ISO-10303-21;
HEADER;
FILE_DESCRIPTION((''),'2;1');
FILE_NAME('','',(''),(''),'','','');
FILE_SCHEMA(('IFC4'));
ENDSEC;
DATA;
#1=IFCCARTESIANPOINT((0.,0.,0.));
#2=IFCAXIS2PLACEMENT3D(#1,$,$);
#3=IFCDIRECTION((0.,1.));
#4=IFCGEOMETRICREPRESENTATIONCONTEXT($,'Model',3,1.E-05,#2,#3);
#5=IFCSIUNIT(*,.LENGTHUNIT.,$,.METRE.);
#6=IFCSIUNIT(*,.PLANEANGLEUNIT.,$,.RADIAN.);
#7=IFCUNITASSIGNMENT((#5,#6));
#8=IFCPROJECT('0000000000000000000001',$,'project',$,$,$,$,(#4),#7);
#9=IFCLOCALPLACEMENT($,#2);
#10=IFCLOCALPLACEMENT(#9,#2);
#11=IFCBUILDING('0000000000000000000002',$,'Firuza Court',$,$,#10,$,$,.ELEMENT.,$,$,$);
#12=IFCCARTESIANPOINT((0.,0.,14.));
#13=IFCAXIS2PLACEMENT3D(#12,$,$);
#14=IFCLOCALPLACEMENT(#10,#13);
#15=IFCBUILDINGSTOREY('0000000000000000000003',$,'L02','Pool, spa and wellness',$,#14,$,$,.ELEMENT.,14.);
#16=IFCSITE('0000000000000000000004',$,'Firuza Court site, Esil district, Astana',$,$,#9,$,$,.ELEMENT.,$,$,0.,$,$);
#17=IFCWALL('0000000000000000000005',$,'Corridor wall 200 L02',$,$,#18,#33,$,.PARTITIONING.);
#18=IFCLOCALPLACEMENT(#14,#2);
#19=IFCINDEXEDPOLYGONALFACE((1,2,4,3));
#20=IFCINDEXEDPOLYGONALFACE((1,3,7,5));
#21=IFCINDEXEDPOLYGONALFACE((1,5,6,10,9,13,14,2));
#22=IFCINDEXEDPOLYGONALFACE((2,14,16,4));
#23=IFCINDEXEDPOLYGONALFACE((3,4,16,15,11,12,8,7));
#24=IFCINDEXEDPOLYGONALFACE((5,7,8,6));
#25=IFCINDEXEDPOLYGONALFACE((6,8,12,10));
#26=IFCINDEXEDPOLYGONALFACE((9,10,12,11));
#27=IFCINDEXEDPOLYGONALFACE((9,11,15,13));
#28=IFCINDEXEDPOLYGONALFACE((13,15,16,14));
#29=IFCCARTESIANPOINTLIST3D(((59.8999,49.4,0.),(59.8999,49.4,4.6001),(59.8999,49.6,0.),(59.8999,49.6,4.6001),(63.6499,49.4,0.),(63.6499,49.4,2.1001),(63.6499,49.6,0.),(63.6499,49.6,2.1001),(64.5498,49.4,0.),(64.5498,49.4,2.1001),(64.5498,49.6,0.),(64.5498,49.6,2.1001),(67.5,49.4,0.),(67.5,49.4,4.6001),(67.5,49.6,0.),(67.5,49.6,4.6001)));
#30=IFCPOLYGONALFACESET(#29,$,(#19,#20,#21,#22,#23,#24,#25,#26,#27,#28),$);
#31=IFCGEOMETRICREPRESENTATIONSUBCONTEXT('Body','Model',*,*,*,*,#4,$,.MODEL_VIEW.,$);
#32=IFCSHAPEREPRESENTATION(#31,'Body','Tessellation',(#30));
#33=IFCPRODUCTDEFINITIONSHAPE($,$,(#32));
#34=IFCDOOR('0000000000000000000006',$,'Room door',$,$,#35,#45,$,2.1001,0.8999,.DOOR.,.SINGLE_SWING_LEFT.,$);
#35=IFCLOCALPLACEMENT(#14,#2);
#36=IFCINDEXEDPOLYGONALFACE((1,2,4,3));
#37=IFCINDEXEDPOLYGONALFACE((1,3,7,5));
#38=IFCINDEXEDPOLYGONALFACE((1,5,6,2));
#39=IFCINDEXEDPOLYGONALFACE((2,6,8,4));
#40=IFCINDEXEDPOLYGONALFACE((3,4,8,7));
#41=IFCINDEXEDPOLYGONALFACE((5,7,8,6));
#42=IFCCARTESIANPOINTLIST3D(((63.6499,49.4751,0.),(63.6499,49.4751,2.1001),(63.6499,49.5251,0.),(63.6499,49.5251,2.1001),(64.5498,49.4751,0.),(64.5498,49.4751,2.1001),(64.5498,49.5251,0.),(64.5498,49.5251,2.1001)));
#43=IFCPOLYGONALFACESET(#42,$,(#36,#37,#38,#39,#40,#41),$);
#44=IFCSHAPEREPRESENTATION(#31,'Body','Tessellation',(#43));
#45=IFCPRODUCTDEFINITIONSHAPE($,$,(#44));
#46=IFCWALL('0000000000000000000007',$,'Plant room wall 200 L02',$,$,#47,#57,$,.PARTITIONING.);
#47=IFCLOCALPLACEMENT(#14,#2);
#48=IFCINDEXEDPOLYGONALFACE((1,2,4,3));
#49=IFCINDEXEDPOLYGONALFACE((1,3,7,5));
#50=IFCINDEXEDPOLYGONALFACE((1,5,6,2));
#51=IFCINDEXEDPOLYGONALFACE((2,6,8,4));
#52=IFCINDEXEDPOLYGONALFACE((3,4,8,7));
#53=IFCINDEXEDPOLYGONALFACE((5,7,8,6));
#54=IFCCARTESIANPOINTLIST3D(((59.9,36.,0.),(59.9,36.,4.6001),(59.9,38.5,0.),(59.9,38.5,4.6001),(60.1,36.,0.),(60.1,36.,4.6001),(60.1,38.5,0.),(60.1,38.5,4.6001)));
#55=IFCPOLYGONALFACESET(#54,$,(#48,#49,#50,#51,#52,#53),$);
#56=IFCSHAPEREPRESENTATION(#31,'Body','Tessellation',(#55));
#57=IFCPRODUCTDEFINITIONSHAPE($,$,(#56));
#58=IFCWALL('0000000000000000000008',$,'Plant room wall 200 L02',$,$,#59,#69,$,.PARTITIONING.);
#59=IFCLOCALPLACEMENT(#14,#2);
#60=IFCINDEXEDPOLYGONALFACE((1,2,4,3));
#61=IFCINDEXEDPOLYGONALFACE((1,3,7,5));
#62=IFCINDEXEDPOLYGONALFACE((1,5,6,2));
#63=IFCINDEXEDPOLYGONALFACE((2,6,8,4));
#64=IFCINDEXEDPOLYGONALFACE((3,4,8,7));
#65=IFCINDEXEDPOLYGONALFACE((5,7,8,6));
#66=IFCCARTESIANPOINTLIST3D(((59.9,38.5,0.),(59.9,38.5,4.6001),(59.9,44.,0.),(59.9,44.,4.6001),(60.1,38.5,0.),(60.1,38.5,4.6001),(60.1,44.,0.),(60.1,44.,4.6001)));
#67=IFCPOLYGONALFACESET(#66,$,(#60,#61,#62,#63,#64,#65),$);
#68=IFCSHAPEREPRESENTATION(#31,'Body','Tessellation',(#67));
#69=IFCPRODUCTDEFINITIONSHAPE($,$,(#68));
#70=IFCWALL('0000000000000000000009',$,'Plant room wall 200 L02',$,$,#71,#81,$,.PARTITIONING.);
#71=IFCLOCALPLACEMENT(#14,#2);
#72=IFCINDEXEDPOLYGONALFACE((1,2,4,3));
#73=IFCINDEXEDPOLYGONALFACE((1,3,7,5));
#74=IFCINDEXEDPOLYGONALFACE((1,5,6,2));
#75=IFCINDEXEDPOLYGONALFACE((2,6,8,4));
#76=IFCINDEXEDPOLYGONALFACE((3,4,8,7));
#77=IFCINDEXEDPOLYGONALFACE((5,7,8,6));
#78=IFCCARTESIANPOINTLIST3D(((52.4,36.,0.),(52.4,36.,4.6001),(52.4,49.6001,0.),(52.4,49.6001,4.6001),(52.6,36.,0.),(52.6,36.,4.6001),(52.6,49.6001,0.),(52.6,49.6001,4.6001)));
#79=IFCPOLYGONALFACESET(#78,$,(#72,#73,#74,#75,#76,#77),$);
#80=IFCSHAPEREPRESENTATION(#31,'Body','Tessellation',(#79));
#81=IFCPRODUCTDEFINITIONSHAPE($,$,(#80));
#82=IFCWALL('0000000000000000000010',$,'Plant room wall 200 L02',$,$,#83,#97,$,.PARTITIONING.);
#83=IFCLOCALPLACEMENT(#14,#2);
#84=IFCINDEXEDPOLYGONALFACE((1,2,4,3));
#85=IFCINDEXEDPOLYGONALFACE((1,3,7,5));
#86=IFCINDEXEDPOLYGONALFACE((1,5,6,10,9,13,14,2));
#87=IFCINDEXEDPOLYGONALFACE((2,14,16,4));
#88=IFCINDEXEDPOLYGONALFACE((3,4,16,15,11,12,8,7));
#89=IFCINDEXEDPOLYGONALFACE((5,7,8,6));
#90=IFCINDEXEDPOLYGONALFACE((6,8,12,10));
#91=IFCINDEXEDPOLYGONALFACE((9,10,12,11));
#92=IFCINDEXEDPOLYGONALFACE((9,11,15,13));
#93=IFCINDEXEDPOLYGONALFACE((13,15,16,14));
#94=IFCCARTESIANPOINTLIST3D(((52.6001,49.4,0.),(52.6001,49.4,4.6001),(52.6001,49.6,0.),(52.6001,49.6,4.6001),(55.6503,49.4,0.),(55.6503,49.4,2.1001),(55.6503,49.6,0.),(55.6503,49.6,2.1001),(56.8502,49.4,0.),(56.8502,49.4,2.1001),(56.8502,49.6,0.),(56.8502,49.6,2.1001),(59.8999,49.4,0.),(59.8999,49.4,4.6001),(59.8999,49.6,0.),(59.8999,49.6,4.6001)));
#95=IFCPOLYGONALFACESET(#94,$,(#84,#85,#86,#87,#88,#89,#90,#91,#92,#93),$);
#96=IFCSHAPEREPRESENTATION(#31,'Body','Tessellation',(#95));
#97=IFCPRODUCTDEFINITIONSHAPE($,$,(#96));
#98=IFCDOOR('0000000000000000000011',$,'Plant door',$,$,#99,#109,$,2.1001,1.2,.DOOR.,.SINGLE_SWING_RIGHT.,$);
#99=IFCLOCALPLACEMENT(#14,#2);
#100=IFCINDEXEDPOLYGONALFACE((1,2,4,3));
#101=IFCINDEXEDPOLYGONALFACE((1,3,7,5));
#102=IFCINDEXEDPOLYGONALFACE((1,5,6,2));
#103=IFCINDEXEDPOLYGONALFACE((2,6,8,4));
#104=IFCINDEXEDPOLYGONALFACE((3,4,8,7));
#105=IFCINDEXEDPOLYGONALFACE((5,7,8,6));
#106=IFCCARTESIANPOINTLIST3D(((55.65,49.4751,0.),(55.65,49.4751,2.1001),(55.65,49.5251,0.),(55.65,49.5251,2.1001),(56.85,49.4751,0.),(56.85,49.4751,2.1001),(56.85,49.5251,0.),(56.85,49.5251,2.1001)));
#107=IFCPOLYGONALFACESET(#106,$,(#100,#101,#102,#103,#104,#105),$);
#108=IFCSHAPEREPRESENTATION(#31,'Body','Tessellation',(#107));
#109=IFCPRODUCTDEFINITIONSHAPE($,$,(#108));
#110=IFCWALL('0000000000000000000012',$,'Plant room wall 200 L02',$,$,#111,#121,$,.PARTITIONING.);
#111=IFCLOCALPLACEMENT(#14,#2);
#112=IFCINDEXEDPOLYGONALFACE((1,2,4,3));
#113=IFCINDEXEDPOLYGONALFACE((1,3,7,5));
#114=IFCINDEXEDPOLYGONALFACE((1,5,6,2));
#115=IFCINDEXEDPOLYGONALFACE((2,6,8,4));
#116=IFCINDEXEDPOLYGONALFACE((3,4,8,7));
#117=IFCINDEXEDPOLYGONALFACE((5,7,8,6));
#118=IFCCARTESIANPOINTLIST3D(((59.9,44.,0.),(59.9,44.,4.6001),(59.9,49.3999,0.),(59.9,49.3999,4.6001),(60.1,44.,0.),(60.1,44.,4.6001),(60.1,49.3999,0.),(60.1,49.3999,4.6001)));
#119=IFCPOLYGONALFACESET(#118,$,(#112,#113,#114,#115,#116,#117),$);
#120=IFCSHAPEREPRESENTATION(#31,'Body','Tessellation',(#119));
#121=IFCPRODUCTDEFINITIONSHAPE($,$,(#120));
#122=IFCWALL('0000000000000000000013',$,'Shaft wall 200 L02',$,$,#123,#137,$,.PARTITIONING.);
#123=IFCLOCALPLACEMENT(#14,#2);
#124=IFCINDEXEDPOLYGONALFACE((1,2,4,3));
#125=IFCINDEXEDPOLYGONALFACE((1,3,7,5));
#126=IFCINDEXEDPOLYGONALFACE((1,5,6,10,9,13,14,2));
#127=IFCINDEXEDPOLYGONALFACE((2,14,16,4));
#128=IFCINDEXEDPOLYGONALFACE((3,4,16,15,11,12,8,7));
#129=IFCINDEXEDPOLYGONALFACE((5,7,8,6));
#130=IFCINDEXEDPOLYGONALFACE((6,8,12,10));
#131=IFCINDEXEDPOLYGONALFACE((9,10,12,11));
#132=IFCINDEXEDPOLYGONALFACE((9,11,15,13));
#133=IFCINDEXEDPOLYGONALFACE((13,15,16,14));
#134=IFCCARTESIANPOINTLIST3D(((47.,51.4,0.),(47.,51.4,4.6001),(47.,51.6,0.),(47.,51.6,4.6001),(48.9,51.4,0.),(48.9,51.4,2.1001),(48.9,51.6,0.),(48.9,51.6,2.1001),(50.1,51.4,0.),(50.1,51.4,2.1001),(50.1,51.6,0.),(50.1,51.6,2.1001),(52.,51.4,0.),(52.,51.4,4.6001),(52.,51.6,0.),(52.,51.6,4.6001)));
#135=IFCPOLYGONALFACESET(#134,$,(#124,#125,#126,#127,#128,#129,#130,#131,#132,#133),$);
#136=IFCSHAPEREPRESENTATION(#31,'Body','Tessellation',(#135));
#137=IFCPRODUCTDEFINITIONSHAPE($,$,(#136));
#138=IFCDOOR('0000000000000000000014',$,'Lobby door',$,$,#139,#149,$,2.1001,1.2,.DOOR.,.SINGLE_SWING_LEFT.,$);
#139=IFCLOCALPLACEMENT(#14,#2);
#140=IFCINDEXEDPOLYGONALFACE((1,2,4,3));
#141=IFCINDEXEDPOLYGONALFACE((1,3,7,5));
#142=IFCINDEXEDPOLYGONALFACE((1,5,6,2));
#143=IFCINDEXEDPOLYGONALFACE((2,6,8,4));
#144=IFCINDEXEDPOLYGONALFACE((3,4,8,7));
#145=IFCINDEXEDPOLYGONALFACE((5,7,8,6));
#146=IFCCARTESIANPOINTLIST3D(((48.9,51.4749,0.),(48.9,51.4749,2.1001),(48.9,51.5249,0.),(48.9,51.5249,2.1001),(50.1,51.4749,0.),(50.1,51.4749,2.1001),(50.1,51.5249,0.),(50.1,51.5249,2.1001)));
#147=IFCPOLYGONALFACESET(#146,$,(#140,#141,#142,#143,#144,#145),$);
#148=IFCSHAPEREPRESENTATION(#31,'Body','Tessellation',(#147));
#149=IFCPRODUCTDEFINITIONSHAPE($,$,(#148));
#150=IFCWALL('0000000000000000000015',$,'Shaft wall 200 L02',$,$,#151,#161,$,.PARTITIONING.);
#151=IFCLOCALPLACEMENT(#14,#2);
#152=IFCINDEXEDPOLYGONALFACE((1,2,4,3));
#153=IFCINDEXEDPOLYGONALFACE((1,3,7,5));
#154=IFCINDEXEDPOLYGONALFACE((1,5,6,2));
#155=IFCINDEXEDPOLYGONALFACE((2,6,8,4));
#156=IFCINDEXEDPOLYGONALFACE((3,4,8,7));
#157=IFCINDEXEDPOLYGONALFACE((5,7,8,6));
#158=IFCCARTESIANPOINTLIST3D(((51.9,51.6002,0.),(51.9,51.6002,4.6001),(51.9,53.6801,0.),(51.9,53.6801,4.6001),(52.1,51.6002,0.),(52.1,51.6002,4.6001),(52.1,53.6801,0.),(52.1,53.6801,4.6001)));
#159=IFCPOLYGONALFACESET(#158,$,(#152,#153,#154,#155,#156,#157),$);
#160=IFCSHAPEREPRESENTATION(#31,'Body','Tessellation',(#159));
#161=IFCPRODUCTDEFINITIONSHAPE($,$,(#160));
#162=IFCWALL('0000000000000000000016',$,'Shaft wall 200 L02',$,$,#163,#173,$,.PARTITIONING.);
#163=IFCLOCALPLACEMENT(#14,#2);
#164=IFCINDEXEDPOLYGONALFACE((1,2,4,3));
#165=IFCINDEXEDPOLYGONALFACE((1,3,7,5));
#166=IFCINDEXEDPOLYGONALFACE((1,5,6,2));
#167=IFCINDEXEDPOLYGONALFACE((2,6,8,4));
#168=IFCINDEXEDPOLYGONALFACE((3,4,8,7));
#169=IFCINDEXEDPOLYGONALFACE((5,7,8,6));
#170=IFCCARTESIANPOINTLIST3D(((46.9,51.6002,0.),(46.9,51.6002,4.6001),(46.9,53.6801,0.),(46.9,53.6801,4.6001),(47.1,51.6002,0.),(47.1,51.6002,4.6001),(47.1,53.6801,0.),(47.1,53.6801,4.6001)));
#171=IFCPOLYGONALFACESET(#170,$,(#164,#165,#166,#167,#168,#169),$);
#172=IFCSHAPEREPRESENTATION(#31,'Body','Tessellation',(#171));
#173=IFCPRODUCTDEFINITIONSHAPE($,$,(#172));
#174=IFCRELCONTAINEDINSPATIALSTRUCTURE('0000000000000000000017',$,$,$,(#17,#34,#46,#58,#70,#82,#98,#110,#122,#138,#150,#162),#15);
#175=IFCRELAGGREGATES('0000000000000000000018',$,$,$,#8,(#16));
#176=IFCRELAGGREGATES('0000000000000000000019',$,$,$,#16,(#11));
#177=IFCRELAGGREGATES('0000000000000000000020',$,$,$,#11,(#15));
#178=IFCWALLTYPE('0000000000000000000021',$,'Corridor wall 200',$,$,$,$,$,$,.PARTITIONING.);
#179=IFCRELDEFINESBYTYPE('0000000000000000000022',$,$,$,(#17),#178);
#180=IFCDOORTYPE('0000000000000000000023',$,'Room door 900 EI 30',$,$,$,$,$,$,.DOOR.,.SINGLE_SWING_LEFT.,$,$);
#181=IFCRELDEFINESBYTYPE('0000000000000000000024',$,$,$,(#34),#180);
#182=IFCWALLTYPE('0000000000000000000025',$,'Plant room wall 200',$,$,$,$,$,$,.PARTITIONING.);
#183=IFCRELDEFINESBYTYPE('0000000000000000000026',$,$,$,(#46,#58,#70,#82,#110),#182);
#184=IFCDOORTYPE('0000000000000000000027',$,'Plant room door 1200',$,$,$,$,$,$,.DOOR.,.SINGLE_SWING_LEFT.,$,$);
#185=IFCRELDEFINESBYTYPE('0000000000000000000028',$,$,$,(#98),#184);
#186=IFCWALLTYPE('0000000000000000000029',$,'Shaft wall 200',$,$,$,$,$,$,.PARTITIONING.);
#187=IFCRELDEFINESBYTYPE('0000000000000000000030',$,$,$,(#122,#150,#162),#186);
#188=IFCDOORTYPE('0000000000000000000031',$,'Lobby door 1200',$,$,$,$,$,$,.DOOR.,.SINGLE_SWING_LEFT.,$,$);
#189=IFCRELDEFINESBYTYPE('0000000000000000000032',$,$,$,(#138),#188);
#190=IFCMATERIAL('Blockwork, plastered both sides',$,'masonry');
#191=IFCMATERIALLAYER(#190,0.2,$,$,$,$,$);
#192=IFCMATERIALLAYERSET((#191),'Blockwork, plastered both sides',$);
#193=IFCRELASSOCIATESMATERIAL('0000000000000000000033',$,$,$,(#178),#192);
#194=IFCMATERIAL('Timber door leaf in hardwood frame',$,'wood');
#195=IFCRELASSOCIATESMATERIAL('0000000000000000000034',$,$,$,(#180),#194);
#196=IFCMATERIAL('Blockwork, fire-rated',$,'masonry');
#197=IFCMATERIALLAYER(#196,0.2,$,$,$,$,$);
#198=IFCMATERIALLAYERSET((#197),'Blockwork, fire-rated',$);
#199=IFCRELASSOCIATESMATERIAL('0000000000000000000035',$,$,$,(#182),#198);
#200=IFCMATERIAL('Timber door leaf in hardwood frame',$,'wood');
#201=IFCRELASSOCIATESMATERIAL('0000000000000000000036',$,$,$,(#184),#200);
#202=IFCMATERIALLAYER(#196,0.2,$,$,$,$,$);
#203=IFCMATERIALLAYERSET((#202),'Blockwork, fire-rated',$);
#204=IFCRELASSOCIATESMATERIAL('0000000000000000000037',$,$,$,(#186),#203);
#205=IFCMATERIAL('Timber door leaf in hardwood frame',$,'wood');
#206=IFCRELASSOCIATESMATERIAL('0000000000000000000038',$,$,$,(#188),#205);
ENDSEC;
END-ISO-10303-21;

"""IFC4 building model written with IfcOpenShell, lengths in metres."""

from ifc_helpers import new_model, si_unit, direction, frame, frame_2d, origin, place, context, subcontext, project, spatial, rectangle, extrude, material, layer, layer_set, type_object, element, fill, save


model = new_model("IFC4")

# Units and contexts
model_context = context("Model", 3, precision=1e-05, world=origin(), true_north=direction((0.0, 1.0)))
body_context = subcontext(model_context, "Body", "Model", "MODEL_VIEW")
ifc_project = project(units=[si_unit("LENGTHUNIT", "METRE"), si_unit("PLANEANGLEUNIT", "RADIAN")], contexts=[model_context])

# Site, building, storey
site_placement = place(None, origin())
site = spatial("IfcSite", under=ifc_project, at=site_placement, Name="Firuza Court site, Esil district, Astana", CompositionType="ELEMENT", RefElevation=0.0)
building_placement = place(site_placement, origin())
building = spatial("IfcBuilding", under=site, at=building_placement, Name="Firuza Court", CompositionType="ELEMENT")
storey_placement = place(building_placement, frame((0.0, 0.0, 14.0)))
storey = spatial("IfcBuildingStorey", under=building, at=storey_placement, Name="L02", Description="Pool, spa and wellness", CompositionType="ELEMENT", Elevation=14.0)

# Wall, opening, door
ifc_material_1 = material(Name="Blockwork, plastered both sides", Category="masonry")
ifc_layer_1 = layer(ifc_material_1, 0.2)
ifc_layer_set_1 = layer_set([ifc_layer_1], Name="Blockwork, plastered both sides")
wall_type_1 = type_object("IfcWallType", Name="Corridor wall 200", PredefinedType="PARTITIONING", material=ifc_layer_set_1)
wall_1_placement = place(storey_placement, frame((59.8999, 49.5, 0.0), z_axis=(0.0, 0.0, 1.0), x_axis=(1.0, 0.0, 0.0)))
wall_1 = element("IfcWall", 1, at=wall_1_placement, inside=storey, type_object=wall_type_1, Name="Corridor wall 200 L02", PredefinedType="PARTITIONING", context=body_context, shape_type="SweptSolid", body=[
    extrude(rectangle(XDim=7.6001, YDim=0.2, at=frame_2d((3.8, 0.0))), origin(), (0.0, 0.0, 1.0), 4.6001),
])
opening_1_placement = place(wall_1_placement, frame((3.75, 0.0, 0.0)))
opening_1 = element("IfcOpeningElement", 2, at=opening_1_placement, cuts=wall_1, PredefinedType="OPENING", context=body_context, shape_type="SweptSolid", body=[
    extrude(rectangle(XDim=0.8999, YDim=2.1001, at=frame_2d((0.45, 1.05))), frame((0.0, 0.1118, 0.0), z_axis=(0.0, -1.0, 0.0), x_axis=(1.0, 0.0, 0.0)), (0.0, 0.0, 1.0), 0.2239),
])
ifc_material_2 = material(Name="Timber door leaf in hardwood frame", Category="wood")
door_type_1 = type_object("IfcDoorType", Name="Room door 900 EI 30", OperationType="SINGLE_SWING_LEFT", PredefinedType="DOOR", material=ifc_material_2)
door_1_placement = place(opening_1_placement, frame((0.8999, 0.0, 0.0), z_axis=(0.0, 0.0, 1.0), x_axis=(-1.0, 0.0, 0.0)))
door_1 = element("IfcDoor", 3, at=door_1_placement, inside=storey, type_object=door_type_1, Name="Room door", OperationType="SINGLE_SWING_LEFT", OverallHeight=2.1001, OverallWidth=0.8999, PredefinedType="DOOR", context=body_context, shape_type="SweptSolid", body=[
    extrude(rectangle(XDim=0.8999, YDim=2.1001, at=frame_2d((0.45, 1.05))), frame((0.0, 0.0249, 0.0), z_axis=(0.0, -1.0, 0.0), x_axis=(1.0, 0.0, 0.0)), (0.0, 0.0, 1.0), 0.05),
])
fill(opening_1, door_1)

# Walls
ifc_material_3 = material(Name="Blockwork, fire-rated", Category="masonry")
ifc_layer_2 = layer(ifc_material_3, 0.2)
ifc_layer_set_2 = layer_set([ifc_layer_2], Name="Blockwork, fire-rated")
wall_type_2 = type_object("IfcWallType", Name="Plant room wall 200", PredefinedType="PARTITIONING", material=ifc_layer_set_2)
wall_2_placement = place(storey_placement, frame((60.0, 38.5, 0.0), z_axis=(0.0, 0.0, 1.0), x_axis=(0.0, -1.0, 0.0)))
element("IfcWall", 4, at=wall_2_placement, inside=storey, type_object=wall_type_2, Name="Plant room wall 200 L02", PredefinedType="PARTITIONING", context=body_context, shape_type="SweptSolid", body=[
    extrude(rectangle(XDim=2.5, YDim=0.2, at=frame_2d((1.25, 0.0))), origin(), (0.0, 0.0, 1.0), 4.6001),
])
wall_3_placement = place(storey_placement, frame((60.0, 44.0, 0.0), z_axis=(0.0, 0.0, 1.0), x_axis=(0.0, -1.0, 0.0)))
element("IfcWall", 5, at=wall_3_placement, inside=storey, type_object=wall_type_2, Name="Plant room wall 200 L02", PredefinedType="PARTITIONING", context=body_context, shape_type="SweptSolid", body=[
    extrude(rectangle(XDim=5.5, YDim=0.2, at=frame_2d((2.75, 0.0))), origin(), (0.0, 0.0, 1.0), 4.6001),
])
wall_4_placement = place(storey_placement, frame((52.5, 49.6001, 0.0), z_axis=(0.0, 0.0, 1.0), x_axis=(0.0, -1.0, 0.0)))
element("IfcWall", 6, at=wall_4_placement, inside=storey, type_object=wall_type_2, Name="Plant room wall 200 L02", PredefinedType="PARTITIONING", context=body_context, shape_type="SweptSolid", body=[
    extrude(rectangle(XDim=13.6001, YDim=0.2, at=frame_2d((6.8, 0.0))), origin(), (0.0, 0.0, 1.0), 4.6001),
])

# Wall, opening, door
wall_5_placement = place(storey_placement, frame((52.6001, 49.5, 0.0), z_axis=(0.0, 0.0, 1.0), x_axis=(1.0, 0.0, 0.0)))
wall_5 = element("IfcWall", 7, at=wall_5_placement, inside=storey, type_object=wall_type_2, Name="Plant room wall 200 L02", PredefinedType="PARTITIONING", context=body_context, shape_type="SweptSolid", body=[
    extrude(rectangle(XDim=7.2998, YDim=0.2, at=frame_2d((3.6499, 0.0))), origin(), (0.0, 0.0, 1.0), 4.6001),
])
opening_2_placement = place(wall_5_placement, frame((3.05, 0.0, 0.0)))
opening_2 = element("IfcOpeningElement", 8, at=opening_2_placement, cuts=wall_5, PredefinedType="OPENING", context=body_context, shape_type="SweptSolid", body=[
    extrude(rectangle(XDim=1.2, YDim=2.1001, at=frame_2d((0.6001, 1.05))), frame((0.0, 0.1118, 0.0), z_axis=(0.0, -1.0, 0.0), x_axis=(1.0, 0.0, 0.0)), (0.0, 0.0, 1.0), 0.2239),
])
ifc_material_4 = material(Name="Timber door leaf in hardwood frame", Category="wood")
door_type_2 = type_object("IfcDoorType", Name="Plant room door 1200", OperationType="SINGLE_SWING_LEFT", PredefinedType="DOOR", material=ifc_material_4)
door_2_placement = place(opening_2_placement, frame((1.2, 0.0, 0.0), z_axis=(0.0, 0.0, 1.0), x_axis=(-1.0, 0.0, 0.0)))
door_2 = element("IfcDoor", 9, at=door_2_placement, inside=storey, type_object=door_type_2, Name="Plant door", OperationType="SINGLE_SWING_RIGHT", OverallHeight=2.1001, OverallWidth=1.2, PredefinedType="DOOR", context=body_context, shape_type="SweptSolid", body=[
    extrude(rectangle(XDim=1.2, YDim=2.1001, at=frame_2d((0.6001, 1.05))), frame((0.0, 0.0249, 0.0), z_axis=(0.0, -1.0, 0.0), x_axis=(1.0, 0.0, 0.0)), (0.0, 0.0, 1.0), 0.05),
])
fill(opening_2, door_2)

# Wall
wall_6_placement = place(storey_placement, frame((60.0, 49.3999, 0.0), z_axis=(0.0, 0.0, 1.0), x_axis=(0.0, -1.0, 0.0)))
element("IfcWall", 10, at=wall_6_placement, inside=storey, type_object=wall_type_2, Name="Plant room wall 200 L02", PredefinedType="PARTITIONING", context=body_context, shape_type="SweptSolid", body=[
    extrude(rectangle(XDim=5.3999, YDim=0.2, at=frame_2d((2.7, 0.0))), origin(), (0.0, 0.0, 1.0), 4.6001),
])

# Wall, opening, door
ifc_layer_3 = layer(ifc_material_3, 0.2)
ifc_layer_set_3 = layer_set([ifc_layer_3], Name="Blockwork, fire-rated")
wall_type_3 = type_object("IfcWallType", Name="Shaft wall 200", PredefinedType="PARTITIONING", material=ifc_layer_set_3)
wall_7_placement = place(storey_placement, frame((47.0, 51.5, 0.0), z_axis=(0.0, 0.0, 1.0), x_axis=(1.0, 0.0, 0.0)))
wall_7 = element("IfcWall", 11, at=wall_7_placement, inside=storey, type_object=wall_type_3, Name="Shaft wall 200 L02", PredefinedType="PARTITIONING", context=body_context, shape_type="SweptSolid", body=[
    extrude(rectangle(XDim=5.0, YDim=0.2, at=frame_2d((2.5, 0.0))), origin(), (0.0, 0.0, 1.0), 4.6001),
])
opening_3_placement = place(wall_7_placement, frame((1.8999, 0.0, 0.0)))
opening_3 = element("IfcOpeningElement", 12, at=opening_3_placement, cuts=wall_7, PredefinedType="OPENING", context=body_context, shape_type="SweptSolid", body=[
    extrude(rectangle(XDim=1.2, YDim=2.1001, at=frame_2d((0.6001, 1.05))), frame((0.0, 0.1118, 0.0), z_axis=(0.0, -1.0, 0.0), x_axis=(1.0, 0.0, 0.0)), (0.0, 0.0, 1.0), 0.2239),
])
ifc_material_5 = material(Name="Timber door leaf in hardwood frame", Category="wood")
door_type_3 = type_object("IfcDoorType", Name="Lobby door 1200", OperationType="SINGLE_SWING_LEFT", PredefinedType="DOOR", material=ifc_material_5)
door_3_placement = place(opening_3_placement, origin())
door_3 = element("IfcDoor", 13, at=door_3_placement, inside=storey, type_object=door_type_3, Name="Lobby door", OperationType="SINGLE_SWING_LEFT", OverallHeight=2.1001, OverallWidth=1.2, PredefinedType="DOOR", context=body_context, shape_type="SweptSolid", body=[
    extrude(rectangle(XDim=1.2, YDim=2.1001, at=frame_2d((0.6001, 1.05))), frame((0.0, 0.0249, 0.0), z_axis=(0.0, -1.0, 0.0), x_axis=(1.0, 0.0, 0.0)), (0.0, 0.0, 1.0), 0.05),
])
fill(opening_3, door_3)

# Walls
for number, where, z_axis, x_axis, name in (
    (14, (52.0, 51.6001, 0.0), (0.0, 0.0, 1.0), (0.0, 1.0, 0.0), "Shaft wall 200 L02"),
    (15, (47.0, 51.6001, 0.0), (0.0, 0.0, 1.0), (0.0, 1.0, 0.0), "Shaft wall 200 L02"),
):
    element("IfcWall", number, at=place(storey_placement, frame(where, z_axis=z_axis, x_axis=x_axis)), inside=storey, type_object=wall_type_3, Name=name, PredefinedType="PARTITIONING", context=body_context, shape_type="SweptSolid", body=[
        extrude(rectangle(XDim=2.0798, YDim=0.2, at=frame_2d((1.04, 0.0))), origin(), (0.0, 0.0, 1.0), 4.6001),
    ])

save(model, "model.ifc")
